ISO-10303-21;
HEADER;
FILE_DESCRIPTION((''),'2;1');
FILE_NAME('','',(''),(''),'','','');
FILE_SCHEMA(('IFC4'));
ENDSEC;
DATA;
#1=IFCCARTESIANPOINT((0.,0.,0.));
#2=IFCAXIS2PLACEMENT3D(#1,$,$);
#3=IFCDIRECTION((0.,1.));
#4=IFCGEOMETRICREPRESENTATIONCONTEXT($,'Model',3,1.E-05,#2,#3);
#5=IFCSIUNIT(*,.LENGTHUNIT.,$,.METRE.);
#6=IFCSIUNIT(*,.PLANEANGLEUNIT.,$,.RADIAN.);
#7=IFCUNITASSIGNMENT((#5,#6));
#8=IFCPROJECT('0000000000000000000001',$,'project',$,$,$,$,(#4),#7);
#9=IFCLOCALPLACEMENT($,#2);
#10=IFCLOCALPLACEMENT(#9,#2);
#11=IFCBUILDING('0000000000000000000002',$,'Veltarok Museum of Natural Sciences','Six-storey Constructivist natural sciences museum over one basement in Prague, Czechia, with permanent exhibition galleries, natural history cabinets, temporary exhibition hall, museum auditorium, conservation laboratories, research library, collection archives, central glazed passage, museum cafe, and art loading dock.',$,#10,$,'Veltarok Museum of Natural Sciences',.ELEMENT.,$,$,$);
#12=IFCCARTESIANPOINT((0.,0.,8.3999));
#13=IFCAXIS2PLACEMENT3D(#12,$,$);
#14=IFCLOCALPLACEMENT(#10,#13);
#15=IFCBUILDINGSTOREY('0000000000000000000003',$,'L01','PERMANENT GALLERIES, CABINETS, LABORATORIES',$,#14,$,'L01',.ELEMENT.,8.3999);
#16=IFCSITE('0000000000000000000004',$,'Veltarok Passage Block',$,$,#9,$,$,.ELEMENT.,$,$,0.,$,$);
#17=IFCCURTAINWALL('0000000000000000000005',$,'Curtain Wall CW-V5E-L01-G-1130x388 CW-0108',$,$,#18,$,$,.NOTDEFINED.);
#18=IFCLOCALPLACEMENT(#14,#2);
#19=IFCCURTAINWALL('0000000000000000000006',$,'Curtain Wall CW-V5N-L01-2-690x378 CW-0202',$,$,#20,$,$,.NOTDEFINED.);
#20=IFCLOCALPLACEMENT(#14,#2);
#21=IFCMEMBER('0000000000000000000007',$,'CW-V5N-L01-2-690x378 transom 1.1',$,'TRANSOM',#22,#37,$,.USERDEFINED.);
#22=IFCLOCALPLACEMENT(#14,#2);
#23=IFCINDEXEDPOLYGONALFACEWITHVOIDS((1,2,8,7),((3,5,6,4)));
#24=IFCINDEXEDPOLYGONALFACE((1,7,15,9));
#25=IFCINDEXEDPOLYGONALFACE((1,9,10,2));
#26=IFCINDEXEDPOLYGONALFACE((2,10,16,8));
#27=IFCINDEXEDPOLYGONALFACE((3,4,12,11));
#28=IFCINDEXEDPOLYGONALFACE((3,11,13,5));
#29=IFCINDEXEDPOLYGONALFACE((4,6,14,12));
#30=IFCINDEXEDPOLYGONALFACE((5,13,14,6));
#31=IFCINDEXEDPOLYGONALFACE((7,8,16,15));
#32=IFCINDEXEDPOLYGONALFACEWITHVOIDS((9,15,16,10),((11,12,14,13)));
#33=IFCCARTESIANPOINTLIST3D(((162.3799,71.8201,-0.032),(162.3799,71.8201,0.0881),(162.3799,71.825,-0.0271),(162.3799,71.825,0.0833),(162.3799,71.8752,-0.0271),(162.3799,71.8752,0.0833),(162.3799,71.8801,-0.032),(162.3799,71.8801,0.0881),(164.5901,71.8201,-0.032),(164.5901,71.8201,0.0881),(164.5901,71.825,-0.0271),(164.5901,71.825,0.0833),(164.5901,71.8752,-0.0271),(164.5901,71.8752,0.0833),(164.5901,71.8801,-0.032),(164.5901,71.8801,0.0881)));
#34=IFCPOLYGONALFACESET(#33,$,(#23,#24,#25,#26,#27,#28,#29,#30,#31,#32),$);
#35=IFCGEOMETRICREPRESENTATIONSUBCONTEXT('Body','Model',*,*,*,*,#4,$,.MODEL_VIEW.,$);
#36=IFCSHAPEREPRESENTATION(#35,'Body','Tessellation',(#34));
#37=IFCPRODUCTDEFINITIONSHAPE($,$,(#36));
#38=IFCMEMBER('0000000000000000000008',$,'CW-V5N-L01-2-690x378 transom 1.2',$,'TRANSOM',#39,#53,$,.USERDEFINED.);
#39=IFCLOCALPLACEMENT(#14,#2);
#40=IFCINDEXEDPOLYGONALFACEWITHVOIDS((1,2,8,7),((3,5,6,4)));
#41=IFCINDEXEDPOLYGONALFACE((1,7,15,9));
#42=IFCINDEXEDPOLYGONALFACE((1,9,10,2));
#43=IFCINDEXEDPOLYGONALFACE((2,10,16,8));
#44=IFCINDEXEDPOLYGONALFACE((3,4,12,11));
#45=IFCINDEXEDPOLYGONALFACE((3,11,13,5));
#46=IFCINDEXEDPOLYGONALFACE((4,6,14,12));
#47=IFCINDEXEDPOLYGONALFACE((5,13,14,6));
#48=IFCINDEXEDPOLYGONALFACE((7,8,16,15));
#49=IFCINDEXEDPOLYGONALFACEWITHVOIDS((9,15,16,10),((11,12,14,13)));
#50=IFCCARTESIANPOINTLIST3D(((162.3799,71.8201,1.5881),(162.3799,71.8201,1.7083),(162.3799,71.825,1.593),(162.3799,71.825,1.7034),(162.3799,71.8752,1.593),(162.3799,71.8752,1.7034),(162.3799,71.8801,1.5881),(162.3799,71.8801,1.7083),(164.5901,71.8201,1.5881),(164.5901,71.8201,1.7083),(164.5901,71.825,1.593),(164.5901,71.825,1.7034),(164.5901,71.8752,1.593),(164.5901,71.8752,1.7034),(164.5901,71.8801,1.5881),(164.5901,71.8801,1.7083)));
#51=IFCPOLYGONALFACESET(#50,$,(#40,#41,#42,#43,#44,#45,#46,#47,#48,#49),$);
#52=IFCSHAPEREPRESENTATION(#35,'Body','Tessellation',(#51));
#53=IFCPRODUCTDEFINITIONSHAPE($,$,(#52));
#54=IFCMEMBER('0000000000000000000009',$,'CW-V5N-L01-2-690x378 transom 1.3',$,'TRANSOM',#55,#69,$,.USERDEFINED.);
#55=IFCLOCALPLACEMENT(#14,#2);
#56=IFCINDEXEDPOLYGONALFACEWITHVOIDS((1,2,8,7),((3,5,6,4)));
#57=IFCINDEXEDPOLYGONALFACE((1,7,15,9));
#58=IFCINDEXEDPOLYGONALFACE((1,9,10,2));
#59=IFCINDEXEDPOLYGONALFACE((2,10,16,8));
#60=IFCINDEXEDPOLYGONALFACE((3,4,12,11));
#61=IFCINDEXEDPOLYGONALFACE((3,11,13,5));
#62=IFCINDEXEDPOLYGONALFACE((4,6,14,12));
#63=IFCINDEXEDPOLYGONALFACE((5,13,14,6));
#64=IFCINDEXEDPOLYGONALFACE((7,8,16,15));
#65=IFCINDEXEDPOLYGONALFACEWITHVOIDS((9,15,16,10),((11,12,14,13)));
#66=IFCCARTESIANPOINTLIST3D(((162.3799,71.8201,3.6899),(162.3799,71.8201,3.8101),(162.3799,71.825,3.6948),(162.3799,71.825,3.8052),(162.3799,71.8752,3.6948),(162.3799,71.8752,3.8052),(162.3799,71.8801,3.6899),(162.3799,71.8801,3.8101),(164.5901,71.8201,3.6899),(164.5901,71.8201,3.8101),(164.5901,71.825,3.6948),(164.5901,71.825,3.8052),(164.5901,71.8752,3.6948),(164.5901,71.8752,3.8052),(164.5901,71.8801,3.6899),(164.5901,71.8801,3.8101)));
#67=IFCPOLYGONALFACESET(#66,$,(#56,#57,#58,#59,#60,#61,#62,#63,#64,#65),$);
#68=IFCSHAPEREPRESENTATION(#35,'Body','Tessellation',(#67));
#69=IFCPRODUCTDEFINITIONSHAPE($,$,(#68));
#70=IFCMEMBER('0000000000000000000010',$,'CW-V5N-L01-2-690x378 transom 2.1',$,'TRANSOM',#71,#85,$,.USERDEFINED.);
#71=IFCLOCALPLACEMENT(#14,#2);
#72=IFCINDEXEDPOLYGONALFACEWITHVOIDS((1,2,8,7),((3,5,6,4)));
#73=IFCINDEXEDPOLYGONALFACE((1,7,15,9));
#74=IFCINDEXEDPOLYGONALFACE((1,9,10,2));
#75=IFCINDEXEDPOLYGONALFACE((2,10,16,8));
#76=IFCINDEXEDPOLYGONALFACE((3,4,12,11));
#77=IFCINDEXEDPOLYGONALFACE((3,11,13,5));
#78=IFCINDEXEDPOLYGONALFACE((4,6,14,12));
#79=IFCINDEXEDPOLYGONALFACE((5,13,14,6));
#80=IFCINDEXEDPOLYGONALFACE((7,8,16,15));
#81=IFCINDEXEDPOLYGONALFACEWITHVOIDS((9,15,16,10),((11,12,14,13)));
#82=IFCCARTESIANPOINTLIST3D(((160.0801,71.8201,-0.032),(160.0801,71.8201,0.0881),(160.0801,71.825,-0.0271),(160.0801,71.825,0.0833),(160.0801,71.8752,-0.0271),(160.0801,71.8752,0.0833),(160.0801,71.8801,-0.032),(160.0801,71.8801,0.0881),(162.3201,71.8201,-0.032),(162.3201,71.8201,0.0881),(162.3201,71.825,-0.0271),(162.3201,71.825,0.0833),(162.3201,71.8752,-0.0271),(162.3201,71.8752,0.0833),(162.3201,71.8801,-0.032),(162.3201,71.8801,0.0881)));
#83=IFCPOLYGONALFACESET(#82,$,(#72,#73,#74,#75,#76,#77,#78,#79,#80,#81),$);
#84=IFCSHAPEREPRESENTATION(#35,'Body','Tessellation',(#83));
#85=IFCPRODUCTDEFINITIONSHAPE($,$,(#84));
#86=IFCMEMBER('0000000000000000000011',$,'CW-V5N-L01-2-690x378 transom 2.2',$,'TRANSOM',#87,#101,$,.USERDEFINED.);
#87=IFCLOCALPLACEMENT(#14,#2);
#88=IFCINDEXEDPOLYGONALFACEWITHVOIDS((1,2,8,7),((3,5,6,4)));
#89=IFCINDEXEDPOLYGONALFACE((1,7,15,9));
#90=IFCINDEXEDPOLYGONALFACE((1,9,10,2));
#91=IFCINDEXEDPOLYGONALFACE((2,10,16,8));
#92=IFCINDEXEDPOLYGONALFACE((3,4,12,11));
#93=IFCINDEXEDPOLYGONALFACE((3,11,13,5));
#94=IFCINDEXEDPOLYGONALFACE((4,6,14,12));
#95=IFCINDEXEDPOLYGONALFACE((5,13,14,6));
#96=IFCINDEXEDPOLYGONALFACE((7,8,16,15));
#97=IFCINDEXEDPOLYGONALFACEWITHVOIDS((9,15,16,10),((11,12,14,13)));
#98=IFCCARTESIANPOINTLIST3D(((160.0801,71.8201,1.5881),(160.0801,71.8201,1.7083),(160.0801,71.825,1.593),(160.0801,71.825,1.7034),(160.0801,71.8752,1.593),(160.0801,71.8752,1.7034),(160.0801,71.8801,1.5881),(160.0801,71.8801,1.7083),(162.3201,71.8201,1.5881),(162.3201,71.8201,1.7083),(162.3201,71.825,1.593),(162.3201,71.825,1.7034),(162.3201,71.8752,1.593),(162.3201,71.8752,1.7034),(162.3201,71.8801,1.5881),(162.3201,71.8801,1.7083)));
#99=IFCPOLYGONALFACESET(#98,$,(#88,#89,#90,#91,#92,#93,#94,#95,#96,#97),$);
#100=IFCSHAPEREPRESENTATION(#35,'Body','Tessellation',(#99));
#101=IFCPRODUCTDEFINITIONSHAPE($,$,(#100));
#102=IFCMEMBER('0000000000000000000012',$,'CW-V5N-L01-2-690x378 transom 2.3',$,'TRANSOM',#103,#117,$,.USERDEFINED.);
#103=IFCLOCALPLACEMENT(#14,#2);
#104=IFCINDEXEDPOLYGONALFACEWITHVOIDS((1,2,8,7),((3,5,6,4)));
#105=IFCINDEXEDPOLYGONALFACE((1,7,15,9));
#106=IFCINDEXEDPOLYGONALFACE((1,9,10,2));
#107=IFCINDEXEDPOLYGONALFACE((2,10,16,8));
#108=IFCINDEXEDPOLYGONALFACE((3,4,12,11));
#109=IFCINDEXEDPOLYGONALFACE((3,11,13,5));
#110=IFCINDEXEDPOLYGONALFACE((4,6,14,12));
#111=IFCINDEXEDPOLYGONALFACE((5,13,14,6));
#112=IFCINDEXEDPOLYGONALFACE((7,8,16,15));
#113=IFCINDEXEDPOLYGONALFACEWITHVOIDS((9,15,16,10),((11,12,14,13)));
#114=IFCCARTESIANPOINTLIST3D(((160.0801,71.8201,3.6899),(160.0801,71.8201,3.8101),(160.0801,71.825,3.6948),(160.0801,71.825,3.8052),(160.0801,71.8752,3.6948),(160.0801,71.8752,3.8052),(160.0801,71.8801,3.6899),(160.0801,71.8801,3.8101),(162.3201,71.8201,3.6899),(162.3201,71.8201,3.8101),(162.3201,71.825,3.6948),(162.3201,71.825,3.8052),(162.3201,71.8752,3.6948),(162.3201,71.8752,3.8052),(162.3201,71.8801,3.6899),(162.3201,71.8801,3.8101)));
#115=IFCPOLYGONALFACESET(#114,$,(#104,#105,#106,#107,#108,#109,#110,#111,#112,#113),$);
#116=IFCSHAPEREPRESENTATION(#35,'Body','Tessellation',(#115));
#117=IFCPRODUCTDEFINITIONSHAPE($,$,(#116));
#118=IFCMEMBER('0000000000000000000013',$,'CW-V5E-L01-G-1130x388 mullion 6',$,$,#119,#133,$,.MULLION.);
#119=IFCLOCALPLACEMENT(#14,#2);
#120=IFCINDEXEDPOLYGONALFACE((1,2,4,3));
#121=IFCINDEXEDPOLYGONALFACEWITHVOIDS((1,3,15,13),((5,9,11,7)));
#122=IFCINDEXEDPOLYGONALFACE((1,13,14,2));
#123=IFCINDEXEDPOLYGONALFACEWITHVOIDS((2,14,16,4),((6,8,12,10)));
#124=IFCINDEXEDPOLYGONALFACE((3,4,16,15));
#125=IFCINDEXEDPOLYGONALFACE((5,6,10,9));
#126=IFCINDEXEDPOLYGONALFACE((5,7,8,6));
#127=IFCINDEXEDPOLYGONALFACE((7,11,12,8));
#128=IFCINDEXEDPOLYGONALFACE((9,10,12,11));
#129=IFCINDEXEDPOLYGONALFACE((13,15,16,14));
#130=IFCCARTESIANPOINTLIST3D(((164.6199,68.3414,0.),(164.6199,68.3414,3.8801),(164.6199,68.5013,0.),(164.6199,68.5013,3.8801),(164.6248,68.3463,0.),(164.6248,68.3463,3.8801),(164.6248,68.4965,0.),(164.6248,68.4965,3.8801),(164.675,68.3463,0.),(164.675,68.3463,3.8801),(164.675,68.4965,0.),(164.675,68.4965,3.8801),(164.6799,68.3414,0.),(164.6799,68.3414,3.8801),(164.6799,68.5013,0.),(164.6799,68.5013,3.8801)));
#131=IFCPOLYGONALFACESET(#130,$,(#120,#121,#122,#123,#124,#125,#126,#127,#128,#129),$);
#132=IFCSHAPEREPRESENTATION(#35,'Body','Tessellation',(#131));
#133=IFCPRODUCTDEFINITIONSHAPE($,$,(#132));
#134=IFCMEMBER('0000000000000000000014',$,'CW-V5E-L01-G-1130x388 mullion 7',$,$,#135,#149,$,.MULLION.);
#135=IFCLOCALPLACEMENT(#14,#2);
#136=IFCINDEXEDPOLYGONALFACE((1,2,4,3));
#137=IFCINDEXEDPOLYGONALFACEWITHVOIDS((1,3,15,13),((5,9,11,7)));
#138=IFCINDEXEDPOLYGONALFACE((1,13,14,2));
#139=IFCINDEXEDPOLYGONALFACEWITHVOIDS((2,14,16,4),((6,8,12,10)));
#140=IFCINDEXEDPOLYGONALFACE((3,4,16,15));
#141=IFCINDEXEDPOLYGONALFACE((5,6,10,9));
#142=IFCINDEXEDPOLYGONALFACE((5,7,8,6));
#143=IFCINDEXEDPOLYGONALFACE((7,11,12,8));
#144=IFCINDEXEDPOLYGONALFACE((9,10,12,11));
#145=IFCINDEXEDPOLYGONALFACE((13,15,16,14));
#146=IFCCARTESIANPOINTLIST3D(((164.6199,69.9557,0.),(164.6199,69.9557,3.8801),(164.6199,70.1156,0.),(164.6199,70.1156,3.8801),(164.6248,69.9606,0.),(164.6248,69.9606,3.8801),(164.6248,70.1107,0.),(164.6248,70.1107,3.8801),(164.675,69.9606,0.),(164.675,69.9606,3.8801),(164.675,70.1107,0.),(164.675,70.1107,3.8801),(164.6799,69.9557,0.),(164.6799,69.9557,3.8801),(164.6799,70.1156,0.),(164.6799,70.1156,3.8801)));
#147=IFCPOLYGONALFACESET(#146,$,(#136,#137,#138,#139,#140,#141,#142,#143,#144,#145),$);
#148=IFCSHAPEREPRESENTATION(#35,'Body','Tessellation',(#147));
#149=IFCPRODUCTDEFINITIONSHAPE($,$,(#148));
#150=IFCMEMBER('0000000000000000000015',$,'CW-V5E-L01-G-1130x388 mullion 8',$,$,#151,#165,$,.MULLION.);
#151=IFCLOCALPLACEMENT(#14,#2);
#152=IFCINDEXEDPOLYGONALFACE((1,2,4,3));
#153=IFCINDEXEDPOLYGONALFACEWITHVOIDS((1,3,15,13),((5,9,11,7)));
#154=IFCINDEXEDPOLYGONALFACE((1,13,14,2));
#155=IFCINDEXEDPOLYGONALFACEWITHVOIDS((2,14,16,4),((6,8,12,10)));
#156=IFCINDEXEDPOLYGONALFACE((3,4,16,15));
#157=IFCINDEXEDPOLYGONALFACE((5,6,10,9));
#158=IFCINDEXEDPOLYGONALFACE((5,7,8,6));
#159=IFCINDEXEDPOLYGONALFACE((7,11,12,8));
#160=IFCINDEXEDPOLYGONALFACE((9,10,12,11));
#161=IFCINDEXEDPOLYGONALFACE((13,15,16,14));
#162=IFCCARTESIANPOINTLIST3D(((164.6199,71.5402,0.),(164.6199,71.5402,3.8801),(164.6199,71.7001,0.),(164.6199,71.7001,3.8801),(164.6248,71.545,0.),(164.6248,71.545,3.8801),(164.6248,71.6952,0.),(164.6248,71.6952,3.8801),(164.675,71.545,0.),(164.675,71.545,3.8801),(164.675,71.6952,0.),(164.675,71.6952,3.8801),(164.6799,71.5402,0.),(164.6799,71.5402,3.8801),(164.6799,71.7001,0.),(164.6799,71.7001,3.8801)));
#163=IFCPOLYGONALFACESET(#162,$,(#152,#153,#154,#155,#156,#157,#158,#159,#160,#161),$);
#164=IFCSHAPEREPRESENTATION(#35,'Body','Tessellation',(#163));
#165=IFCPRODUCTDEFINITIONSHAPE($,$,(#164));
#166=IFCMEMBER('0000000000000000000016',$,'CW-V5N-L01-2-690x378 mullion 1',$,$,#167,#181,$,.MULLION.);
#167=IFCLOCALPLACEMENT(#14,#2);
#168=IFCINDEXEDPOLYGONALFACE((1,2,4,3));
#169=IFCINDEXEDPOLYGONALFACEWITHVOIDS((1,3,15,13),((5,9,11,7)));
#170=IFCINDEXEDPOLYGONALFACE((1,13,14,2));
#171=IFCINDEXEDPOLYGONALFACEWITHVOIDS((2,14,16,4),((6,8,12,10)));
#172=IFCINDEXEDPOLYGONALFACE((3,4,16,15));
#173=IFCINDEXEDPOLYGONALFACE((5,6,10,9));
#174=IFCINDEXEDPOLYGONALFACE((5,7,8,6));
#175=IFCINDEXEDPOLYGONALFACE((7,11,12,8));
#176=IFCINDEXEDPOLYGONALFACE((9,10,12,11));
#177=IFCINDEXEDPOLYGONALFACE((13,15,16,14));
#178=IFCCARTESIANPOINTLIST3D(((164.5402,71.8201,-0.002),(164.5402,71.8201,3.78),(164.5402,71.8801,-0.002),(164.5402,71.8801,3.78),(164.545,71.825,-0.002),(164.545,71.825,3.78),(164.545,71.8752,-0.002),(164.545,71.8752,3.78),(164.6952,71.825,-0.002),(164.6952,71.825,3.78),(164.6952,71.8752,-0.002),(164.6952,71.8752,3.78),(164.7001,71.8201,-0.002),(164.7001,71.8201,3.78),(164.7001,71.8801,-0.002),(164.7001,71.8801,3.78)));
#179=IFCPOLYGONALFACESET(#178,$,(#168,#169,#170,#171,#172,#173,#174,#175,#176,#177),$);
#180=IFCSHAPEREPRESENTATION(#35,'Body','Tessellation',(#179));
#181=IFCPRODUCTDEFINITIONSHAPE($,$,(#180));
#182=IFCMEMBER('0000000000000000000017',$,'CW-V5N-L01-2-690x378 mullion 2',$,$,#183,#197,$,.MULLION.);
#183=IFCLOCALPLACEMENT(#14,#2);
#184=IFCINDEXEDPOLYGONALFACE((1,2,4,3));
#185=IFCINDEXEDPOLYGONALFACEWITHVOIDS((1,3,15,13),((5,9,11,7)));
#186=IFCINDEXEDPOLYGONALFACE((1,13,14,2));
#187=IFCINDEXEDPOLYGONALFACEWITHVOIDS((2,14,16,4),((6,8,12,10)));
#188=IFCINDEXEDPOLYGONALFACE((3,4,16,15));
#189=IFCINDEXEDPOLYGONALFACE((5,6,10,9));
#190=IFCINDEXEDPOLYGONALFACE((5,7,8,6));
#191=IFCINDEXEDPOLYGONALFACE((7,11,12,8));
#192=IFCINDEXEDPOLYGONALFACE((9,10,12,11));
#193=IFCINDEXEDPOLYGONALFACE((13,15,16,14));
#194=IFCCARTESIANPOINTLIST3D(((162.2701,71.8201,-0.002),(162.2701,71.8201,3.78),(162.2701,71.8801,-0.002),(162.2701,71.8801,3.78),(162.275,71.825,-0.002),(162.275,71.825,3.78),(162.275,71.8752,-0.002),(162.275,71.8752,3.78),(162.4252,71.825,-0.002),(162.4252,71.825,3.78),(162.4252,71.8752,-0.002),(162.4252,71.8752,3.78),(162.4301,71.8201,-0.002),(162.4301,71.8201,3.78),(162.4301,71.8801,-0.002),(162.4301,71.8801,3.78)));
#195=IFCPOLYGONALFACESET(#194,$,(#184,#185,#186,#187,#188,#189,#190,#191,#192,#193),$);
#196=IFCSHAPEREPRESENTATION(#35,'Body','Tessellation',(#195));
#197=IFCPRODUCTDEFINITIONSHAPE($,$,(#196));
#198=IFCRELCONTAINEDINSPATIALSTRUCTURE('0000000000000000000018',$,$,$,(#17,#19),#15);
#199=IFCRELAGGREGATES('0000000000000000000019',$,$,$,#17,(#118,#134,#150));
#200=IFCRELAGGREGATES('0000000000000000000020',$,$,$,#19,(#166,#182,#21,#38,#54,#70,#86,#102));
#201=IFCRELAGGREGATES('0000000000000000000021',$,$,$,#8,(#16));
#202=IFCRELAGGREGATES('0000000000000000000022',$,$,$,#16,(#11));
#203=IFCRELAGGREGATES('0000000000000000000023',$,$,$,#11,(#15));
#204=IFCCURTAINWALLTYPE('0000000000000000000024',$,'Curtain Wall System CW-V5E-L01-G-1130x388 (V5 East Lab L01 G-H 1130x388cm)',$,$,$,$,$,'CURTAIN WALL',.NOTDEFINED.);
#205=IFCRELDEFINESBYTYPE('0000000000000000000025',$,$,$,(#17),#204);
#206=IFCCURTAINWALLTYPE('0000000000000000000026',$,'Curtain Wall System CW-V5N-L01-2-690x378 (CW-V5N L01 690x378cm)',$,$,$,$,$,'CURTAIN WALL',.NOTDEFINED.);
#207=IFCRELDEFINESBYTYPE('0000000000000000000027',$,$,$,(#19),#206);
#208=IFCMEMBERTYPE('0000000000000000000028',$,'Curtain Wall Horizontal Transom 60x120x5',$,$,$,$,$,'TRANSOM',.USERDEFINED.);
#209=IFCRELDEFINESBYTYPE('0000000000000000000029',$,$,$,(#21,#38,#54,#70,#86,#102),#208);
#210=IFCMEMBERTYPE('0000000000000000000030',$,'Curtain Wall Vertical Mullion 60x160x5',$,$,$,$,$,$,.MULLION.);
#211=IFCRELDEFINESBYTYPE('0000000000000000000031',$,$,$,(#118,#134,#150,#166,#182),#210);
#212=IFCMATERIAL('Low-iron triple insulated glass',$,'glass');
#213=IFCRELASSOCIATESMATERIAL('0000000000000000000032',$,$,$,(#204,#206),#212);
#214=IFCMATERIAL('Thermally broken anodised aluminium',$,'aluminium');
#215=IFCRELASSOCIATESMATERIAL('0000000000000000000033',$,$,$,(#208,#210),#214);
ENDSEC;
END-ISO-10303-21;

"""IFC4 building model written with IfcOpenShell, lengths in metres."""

from ifc_helpers import new_model, si_unit, direction, frame, origin, origin_2d, place, context, subcontext, project, spatial, hollow_rectangle, extrude, material, material_profile, profile_set, type_object, element, aggregate, save


model = new_model("IFC4")

# Units and contexts
model_context = context("Model", 3, precision=1e-05, world=origin(), true_north=direction((0.0, 1.0)))
body_context = subcontext(model_context, "Body", "Model", "MODEL_VIEW")
ifc_project = project(units=[si_unit("LENGTHUNIT", "METRE"), si_unit("PLANEANGLEUNIT", "RADIAN")], contexts=[model_context])

# Site, building, storey
site_placement = place(None, origin())
site = spatial("IfcSite", under=ifc_project, at=site_placement, Name="Veltarok Passage Block", CompositionType="ELEMENT", RefElevation=0.0)
building_placement = place(site_placement, origin())
building = spatial("IfcBuilding", under=site, at=building_placement, Name="Veltarok Museum of Natural Sciences", Description="Six-storey Constructivist natural sciences museum over one basement in Prague, Czechia, with permanent exhibition galleries, natural history cabinets, temporary exhibition hall, museum auditorium, conservation laboratories, research library, collection archives, central glazed passage, museum cafe, and art loading dock.", LongName="Veltarok Museum of Natural Sciences", CompositionType="ELEMENT")
storey_placement = place(building_placement, frame((0.0, 0.0, 8.3999)))
storey = spatial("IfcBuildingStorey", under=building, at=storey_placement, Name="L01", Description="PERMANENT GALLERIES, CABINETS, LABORATORIES", LongName="L01", CompositionType="ELEMENT", Elevation=8.3999)

# Curtain walls, members
ifc_material_1 = material(Name="Low-iron triple insulated glass", Category="glass")
curtain_wall_type_1 = type_object("IfcCurtainWallType", Name="Curtain Wall System CW-V5E-L01-G-1130x388 (V5 East Lab L01 G-H 1130x388cm)", ElementType="CURTAIN WALL", PredefinedType="NOTDEFINED", material=ifc_material_1)
curtain_wall_1_placement = place(storey_placement, origin())
curtain_wall_1 = element("IfcCurtainWall", 1, at=curtain_wall_1_placement, inside=storey, type_object=curtain_wall_type_1, Name="Curtain Wall CW-V5E-L01-G-1130x388 CW-0108", PredefinedType="NOTDEFINED")
ifc_material_2 = material(Name="Thermally broken anodised aluminium", Category="aluminium")
ifc_material_profile_1 = material_profile(ifc_material_2, hollow_rectangle(XDim=0.0601, YDim=0.1201, WallThickness=0.0049, at=origin_2d()), Name="CW TRANSOM 60x120x5")
ifc_profile_set_1 = profile_set([ifc_material_profile_1], Name="Thermally broken anodised aluminium")
member_type_1 = type_object("IfcMemberType", Name="Curtain Wall Horizontal Transom 60x120x5", ElementType="TRANSOM", PredefinedType="USERDEFINED", material=ifc_profile_set_1)
curtain_wall_type_2 = type_object("IfcCurtainWallType", Name="Curtain Wall System CW-V5N-L01-2-690x378 (CW-V5N L01 690x378cm)", ElementType="CURTAIN WALL", PredefinedType="NOTDEFINED", material=ifc_material_1)
curtain_wall_2_placement = place(storey_placement, origin())
curtain_wall_2 = element("IfcCurtainWall", 2, at=curtain_wall_2_placement, inside=storey, type_object=curtain_wall_type_2, Name="Curtain Wall CW-V5N-L01-2-690x378 CW-0202", PredefinedType="NOTDEFINED")
member_1_placement = place(storey_placement, frame((164.5901, 71.8501, 0.0281), z_axis=(-1.0, 0.0, 0.0), x_axis=(0.0, -1.0, 0.0)))
member_1 = element("IfcMember", 3, at=member_1_placement, type_object=member_type_1, Name="CW-V5N-L01-2-690x378 transom 1.1", ObjectType="TRANSOM", PredefinedType="USERDEFINED", context=body_context, shape_type="SweptSolid", body=[
    extrude(hollow_rectangle(XDim=0.0601, YDim=0.1201, WallThickness=0.0049, at=origin_2d()), origin(), (0.0, 0.0, 1.0), 2.2102),
])
member_2_placement = place(storey_placement, frame((164.5901, 71.8501, 1.6482), z_axis=(-1.0, 0.0, 0.0), x_axis=(0.0, -1.0, 0.0)))
member_2 = element("IfcMember", 4, at=member_2_placement, type_object=member_type_1, Name="CW-V5N-L01-2-690x378 transom 1.2", ObjectType="TRANSOM", PredefinedType="USERDEFINED", context=body_context, shape_type="SweptSolid", body=[
    extrude(hollow_rectangle(XDim=0.0601, YDim=0.1201, WallThickness=0.0049, at=origin_2d()), origin(), (0.0, 0.0, 1.0), 2.2102),
])
member_3_placement = place(storey_placement, frame((164.5901, 71.8501, 3.75), z_axis=(-1.0, 0.0, 0.0), x_axis=(0.0, -1.0, 0.0)))
member_3 = element("IfcMember", 5, at=member_3_placement, type_object=member_type_1, Name="CW-V5N-L01-2-690x378 transom 1.3", ObjectType="TRANSOM", PredefinedType="USERDEFINED", context=body_context, shape_type="SweptSolid", body=[
    extrude(hollow_rectangle(XDim=0.0601, YDim=0.1201, WallThickness=0.0049, at=origin_2d()), origin(), (0.0, 0.0, 1.0), 2.2102),
])
member_4_placement = place(storey_placement, frame((162.3201, 71.8501, 0.0281), z_axis=(-1.0, 0.0, 0.0), x_axis=(0.0, -1.0, 0.0)))
member_4 = element("IfcMember", 6, at=member_4_placement, type_object=member_type_1, Name="CW-V5N-L01-2-690x378 transom 2.1", ObjectType="TRANSOM", PredefinedType="USERDEFINED", context=body_context, shape_type="SweptSolid", body=[
    extrude(hollow_rectangle(XDim=0.0601, YDim=0.1201, WallThickness=0.0049, at=origin_2d()), origin(), (0.0, 0.0, 1.0), 2.24),
])
member_5_placement = place(storey_placement, frame((162.3201, 71.8501, 1.6482), z_axis=(-1.0, 0.0, 0.0), x_axis=(0.0, -1.0, 0.0)))
member_5 = element("IfcMember", 7, at=member_5_placement, type_object=member_type_1, Name="CW-V5N-L01-2-690x378 transom 2.2", ObjectType="TRANSOM", PredefinedType="USERDEFINED", context=body_context, shape_type="SweptSolid", body=[
    extrude(hollow_rectangle(XDim=0.0601, YDim=0.1201, WallThickness=0.0049, at=origin_2d()), origin(), (0.0, 0.0, 1.0), 2.24),
])
member_6_placement = place(storey_placement, frame((162.3201, 71.8501, 3.75), z_axis=(-1.0, 0.0, 0.0), x_axis=(0.0, -1.0, 0.0)))
member_6 = element("IfcMember", 8, at=member_6_placement, type_object=member_type_1, Name="CW-V5N-L01-2-690x378 transom 2.3", ObjectType="TRANSOM", PredefinedType="USERDEFINED", context=body_context, shape_type="SweptSolid", body=[
    extrude(hollow_rectangle(XDim=0.0601, YDim=0.1201, WallThickness=0.0049, at=origin_2d()), origin(), (0.0, 0.0, 1.0), 2.24),
])

# Members
ifc_material_profile_2 = material_profile(ifc_material_2, hollow_rectangle(XDim=0.0601, YDim=0.1599, WallThickness=0.0049, at=origin_2d()), Name="CW MULLION 60x160x5")
ifc_profile_set_2 = profile_set([ifc_material_profile_2], Name="Thermally broken anodised aluminium")
member_type_2 = type_object("IfcMemberType", Name="Curtain Wall Vertical Mullion 60x160x5", PredefinedType="MULLION", material=ifc_profile_set_2)
member_7_placement = place(storey_placement, frame((164.6499, 68.4214, 0.0), z_axis=(0.0, 0.0, 1.0), x_axis=(-1.0, 0.0, 0.0)))
member_7 = element("IfcMember", 9, at=member_7_placement, type_object=member_type_2, Name="CW-V5E-L01-G-1130x388 mullion 6", PredefinedType="MULLION", context=body_context, shape_type="SweptSolid", body=[
    extrude(hollow_rectangle(XDim=0.0601, YDim=0.1599, WallThickness=0.0049, at=origin_2d()), origin(), (0.0, 0.0, 1.0), 3.8801),
])
member_8_placement = place(storey_placement, frame((164.6499, 70.0356, 0.0), z_axis=(0.0, 0.0, 1.0), x_axis=(-1.0, 0.0, 0.0)))
member_8 = element("IfcMember", 10, at=member_8_placement, type_object=member_type_2, Name="CW-V5E-L01-G-1130x388 mullion 7", PredefinedType="MULLION", context=body_context, shape_type="SweptSolid", body=[
    extrude(hollow_rectangle(XDim=0.0601, YDim=0.1599, WallThickness=0.0049, at=origin_2d()), origin(), (0.0, 0.0, 1.0), 3.8801),
])
member_9_placement = place(storey_placement, frame((164.6499, 71.6201, 0.0), z_axis=(0.0, 0.0, 1.0), x_axis=(-1.0, 0.0, 0.0)))
member_9 = element("IfcMember", 11, at=member_9_placement, type_object=member_type_2, Name="CW-V5E-L01-G-1130x388 mullion 8", PredefinedType="MULLION", context=body_context, shape_type="SweptSolid", body=[
    extrude(hollow_rectangle(XDim=0.0601, YDim=0.1599, WallThickness=0.0049, at=origin_2d()), origin(), (0.0, 0.0, 1.0), 3.8801),
])
member_10_placement = place(storey_placement, frame((164.6201, 71.8501, -0.002), z_axis=(0.0, 0.0, 1.0), x_axis=(0.0, -1.0, 0.0)))
member_10 = element("IfcMember", 12, at=member_10_placement, type_object=member_type_2, Name="CW-V5N-L01-2-690x378 mullion 1", PredefinedType="MULLION", context=body_context, shape_type="SweptSolid", body=[
    extrude(hollow_rectangle(XDim=0.0601, YDim=0.1599, WallThickness=0.0049, at=origin_2d()), origin(), (0.0, 0.0, 1.0), 3.782),
])
member_11_placement = place(storey_placement, frame((162.3501, 71.8501, -0.002), z_axis=(0.0, 0.0, 1.0), x_axis=(0.0, -1.0, 0.0)))
member_11 = element("IfcMember", 13, at=member_11_placement, type_object=member_type_2, Name="CW-V5N-L01-2-690x378 mullion 2", PredefinedType="MULLION", context=body_context, shape_type="SweptSolid", body=[
    extrude(hollow_rectangle(XDim=0.0601, YDim=0.1599, WallThickness=0.0049, at=origin_2d()), origin(), (0.0, 0.0, 1.0), 3.782),
])

aggregate(curtain_wall_1, [member_7, member_8, member_9])
aggregate(curtain_wall_2, [member_10, member_11, member_1, member_2, member_3, member_4, member_5, member_6])

save(model, "model.ifc")
